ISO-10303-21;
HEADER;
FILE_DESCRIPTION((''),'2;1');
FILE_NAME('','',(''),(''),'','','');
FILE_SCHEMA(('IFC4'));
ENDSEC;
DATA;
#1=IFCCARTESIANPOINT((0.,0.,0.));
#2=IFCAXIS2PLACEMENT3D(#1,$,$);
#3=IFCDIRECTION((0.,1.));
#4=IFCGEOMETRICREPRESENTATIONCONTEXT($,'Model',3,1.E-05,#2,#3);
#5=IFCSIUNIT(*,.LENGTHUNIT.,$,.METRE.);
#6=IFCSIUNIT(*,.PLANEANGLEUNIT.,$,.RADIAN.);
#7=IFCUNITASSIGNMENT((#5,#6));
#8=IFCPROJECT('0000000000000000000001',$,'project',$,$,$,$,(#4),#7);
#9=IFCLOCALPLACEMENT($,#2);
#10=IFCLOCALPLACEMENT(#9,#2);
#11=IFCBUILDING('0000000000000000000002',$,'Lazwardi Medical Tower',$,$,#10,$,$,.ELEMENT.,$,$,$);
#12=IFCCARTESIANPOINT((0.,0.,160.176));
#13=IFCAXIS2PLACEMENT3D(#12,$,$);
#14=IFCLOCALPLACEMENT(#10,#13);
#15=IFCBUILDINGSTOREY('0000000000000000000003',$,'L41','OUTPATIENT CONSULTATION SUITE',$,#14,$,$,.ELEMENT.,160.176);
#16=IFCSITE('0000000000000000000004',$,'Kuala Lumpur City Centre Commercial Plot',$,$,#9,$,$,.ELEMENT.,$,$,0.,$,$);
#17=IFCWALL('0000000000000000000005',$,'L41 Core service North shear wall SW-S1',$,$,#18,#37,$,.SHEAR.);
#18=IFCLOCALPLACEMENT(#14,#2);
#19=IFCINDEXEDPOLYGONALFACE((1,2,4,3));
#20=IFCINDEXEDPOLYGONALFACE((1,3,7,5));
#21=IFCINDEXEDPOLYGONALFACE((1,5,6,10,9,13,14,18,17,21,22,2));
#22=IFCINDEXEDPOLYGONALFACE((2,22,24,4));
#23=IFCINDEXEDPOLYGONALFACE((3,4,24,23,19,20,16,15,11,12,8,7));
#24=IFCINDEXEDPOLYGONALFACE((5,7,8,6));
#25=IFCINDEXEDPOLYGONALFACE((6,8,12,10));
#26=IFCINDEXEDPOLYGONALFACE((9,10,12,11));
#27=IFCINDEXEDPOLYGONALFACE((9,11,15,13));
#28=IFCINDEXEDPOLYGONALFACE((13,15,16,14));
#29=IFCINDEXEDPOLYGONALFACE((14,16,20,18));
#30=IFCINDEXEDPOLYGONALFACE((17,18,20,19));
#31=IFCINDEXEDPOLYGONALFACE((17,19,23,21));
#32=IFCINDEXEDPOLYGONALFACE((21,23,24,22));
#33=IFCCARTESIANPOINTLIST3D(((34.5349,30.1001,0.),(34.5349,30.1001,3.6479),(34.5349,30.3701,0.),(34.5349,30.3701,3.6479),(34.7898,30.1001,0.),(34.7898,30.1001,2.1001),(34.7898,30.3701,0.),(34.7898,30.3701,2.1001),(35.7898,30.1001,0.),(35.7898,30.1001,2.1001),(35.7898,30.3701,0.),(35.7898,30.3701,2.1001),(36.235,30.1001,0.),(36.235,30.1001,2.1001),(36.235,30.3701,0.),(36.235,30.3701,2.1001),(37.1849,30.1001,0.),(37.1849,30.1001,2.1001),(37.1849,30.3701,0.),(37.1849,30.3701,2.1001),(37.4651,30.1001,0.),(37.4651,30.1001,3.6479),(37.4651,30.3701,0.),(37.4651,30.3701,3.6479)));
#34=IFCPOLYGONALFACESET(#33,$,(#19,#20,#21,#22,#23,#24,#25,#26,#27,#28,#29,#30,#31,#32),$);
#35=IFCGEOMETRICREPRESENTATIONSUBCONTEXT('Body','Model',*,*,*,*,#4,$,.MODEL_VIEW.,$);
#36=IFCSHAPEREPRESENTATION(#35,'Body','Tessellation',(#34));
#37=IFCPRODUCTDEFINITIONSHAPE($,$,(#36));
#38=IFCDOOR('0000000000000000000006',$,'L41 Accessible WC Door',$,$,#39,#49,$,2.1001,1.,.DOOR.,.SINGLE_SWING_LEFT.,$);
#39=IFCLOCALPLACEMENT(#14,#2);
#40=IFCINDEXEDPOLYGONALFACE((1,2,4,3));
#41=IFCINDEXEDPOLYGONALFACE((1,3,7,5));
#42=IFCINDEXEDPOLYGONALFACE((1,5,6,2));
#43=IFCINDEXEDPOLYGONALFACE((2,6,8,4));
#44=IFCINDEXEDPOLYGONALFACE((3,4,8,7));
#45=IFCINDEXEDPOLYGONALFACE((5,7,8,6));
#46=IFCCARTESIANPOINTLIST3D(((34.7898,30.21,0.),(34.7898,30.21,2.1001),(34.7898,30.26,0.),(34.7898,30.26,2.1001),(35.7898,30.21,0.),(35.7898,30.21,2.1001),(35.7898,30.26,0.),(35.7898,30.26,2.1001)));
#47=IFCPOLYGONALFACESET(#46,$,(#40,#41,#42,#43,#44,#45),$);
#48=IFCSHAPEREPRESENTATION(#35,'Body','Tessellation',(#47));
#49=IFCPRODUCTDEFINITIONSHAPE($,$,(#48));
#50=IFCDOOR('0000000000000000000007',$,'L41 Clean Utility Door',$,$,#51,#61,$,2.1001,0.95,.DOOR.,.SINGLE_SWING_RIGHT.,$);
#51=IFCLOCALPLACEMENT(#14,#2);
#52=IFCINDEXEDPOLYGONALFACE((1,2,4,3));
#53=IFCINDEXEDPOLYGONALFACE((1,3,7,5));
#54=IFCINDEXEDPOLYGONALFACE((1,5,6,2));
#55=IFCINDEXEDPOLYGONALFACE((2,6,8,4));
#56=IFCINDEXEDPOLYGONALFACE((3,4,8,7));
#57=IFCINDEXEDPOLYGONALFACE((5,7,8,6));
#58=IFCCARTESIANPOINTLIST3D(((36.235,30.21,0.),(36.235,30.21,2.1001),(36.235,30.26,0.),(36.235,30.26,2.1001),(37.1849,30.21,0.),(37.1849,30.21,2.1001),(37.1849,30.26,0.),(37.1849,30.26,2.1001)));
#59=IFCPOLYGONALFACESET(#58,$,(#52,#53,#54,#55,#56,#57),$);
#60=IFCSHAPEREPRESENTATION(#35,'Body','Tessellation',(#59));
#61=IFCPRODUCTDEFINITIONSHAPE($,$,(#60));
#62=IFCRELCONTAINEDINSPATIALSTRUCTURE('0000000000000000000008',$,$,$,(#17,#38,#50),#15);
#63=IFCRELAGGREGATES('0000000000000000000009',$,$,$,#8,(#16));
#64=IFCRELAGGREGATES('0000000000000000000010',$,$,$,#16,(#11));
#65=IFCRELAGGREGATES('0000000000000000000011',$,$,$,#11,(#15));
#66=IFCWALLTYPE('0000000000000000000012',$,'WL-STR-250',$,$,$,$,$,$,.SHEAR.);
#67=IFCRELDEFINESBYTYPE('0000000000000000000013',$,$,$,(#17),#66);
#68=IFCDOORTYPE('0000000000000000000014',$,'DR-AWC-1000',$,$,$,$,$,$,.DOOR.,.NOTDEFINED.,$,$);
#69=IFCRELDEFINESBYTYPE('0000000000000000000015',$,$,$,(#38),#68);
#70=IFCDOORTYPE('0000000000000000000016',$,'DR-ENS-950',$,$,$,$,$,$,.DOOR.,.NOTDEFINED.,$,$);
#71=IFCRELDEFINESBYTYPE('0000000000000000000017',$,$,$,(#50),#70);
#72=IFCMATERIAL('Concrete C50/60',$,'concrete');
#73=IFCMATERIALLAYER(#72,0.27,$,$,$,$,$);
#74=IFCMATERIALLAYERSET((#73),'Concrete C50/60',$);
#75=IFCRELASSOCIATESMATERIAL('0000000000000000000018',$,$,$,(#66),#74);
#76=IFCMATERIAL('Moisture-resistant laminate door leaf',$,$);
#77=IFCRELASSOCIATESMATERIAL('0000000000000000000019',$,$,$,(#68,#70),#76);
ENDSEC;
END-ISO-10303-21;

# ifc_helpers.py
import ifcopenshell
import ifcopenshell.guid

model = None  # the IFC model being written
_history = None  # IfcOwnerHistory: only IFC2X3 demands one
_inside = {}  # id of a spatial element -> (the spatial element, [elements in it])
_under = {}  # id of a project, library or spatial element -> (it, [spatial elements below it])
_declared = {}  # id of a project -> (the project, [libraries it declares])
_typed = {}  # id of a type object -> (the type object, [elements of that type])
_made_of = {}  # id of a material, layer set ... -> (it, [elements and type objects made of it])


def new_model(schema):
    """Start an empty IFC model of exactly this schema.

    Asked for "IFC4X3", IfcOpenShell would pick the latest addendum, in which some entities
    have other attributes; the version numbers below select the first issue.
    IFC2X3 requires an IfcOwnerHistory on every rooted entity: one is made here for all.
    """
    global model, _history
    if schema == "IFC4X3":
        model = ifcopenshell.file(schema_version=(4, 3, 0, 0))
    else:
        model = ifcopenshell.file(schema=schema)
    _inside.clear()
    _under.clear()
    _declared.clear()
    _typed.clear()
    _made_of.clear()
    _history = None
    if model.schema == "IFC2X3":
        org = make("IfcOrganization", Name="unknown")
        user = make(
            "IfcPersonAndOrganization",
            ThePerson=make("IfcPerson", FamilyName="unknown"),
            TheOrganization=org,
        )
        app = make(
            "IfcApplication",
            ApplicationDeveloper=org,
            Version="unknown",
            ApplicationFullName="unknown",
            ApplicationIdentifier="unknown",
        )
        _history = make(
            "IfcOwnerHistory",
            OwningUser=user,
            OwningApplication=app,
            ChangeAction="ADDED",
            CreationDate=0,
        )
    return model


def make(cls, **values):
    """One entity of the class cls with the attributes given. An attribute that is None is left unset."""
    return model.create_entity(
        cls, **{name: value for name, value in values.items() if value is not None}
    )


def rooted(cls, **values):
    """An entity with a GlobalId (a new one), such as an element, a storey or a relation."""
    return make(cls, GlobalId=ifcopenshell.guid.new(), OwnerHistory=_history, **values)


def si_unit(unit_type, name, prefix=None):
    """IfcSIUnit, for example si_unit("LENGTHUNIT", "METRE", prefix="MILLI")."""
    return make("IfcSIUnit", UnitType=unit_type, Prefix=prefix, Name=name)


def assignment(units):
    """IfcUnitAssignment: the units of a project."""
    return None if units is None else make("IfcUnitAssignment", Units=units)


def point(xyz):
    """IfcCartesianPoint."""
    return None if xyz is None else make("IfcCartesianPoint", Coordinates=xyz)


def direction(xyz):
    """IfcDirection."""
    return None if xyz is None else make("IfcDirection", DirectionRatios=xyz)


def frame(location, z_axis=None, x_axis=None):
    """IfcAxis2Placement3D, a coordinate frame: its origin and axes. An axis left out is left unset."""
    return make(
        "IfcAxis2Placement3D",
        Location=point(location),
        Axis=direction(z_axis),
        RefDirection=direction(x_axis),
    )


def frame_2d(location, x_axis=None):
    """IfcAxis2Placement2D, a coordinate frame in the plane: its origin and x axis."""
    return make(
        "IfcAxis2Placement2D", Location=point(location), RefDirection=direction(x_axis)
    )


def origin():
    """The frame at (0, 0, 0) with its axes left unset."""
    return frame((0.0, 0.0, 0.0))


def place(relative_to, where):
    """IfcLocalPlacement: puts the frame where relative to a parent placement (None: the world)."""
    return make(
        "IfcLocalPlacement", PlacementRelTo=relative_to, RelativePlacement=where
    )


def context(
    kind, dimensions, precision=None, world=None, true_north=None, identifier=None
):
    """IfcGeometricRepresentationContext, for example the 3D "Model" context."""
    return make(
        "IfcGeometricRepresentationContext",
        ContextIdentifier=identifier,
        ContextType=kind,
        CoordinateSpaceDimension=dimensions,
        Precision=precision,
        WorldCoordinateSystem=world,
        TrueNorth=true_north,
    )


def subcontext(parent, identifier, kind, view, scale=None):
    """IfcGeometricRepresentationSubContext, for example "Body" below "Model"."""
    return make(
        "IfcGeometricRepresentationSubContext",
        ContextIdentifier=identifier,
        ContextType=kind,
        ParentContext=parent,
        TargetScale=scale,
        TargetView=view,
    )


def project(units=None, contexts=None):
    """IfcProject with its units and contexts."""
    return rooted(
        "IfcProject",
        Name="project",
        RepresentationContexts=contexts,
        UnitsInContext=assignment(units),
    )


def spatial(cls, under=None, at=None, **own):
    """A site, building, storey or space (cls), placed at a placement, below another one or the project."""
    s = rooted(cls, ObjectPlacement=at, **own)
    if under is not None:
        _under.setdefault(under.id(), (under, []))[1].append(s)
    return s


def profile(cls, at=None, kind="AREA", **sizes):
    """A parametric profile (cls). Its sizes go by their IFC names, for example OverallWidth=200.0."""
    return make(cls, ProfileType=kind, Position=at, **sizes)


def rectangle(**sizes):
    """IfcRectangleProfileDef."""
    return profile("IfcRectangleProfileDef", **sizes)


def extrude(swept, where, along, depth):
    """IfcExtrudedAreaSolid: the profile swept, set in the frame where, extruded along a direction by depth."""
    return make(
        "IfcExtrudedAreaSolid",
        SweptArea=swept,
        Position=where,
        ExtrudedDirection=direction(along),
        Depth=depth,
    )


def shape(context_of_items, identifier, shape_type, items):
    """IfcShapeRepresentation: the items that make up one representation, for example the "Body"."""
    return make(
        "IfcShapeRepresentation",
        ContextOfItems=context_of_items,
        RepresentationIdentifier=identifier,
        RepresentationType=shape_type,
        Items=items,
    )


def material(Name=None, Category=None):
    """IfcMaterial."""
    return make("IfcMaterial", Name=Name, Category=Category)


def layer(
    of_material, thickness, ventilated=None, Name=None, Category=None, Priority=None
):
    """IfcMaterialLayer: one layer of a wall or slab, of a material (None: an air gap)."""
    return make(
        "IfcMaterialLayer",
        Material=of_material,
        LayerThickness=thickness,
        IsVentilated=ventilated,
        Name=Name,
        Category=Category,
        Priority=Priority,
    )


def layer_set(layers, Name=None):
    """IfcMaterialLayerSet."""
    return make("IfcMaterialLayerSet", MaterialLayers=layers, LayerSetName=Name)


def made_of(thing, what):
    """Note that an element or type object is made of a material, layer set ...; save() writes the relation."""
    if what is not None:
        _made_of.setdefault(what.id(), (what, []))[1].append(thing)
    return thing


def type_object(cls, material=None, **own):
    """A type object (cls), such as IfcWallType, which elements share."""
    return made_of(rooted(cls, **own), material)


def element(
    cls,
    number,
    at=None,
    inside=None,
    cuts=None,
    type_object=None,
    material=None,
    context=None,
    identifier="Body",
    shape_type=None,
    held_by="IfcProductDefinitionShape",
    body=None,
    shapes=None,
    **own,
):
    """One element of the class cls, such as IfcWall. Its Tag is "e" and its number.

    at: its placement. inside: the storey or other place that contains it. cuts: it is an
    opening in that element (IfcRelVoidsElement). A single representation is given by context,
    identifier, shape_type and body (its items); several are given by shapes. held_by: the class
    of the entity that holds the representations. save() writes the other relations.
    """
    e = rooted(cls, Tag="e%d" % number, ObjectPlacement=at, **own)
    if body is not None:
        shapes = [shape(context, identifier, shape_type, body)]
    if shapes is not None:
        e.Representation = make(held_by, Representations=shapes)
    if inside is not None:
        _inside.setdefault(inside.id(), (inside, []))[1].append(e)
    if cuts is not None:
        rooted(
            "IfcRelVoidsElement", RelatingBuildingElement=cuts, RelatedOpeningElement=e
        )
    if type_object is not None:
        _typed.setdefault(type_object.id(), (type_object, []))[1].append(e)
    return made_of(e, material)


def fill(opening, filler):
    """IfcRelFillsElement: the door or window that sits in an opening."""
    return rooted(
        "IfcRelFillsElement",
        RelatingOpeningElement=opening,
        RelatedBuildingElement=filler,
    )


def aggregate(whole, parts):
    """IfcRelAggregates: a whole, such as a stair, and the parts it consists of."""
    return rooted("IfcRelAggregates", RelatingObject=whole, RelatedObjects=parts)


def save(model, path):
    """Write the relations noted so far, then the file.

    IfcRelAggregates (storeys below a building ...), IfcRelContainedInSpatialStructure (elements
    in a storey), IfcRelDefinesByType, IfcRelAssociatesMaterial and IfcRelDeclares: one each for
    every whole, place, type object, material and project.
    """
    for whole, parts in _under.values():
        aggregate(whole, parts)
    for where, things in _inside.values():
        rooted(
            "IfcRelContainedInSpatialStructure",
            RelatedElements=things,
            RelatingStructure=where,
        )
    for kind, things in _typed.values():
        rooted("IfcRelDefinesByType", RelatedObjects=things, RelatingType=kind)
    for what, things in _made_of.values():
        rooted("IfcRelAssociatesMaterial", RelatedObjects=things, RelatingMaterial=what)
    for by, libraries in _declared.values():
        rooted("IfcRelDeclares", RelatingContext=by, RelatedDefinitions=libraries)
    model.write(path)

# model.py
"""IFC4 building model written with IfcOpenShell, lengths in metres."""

from ifc_helpers import new_model, si_unit, direction, frame, frame_2d, origin, place, context, subcontext, project, spatial, rectangle, extrude, material, layer, layer_set, type_object, element, fill, save


model = new_model("IFC4")

# Units and contexts
model_context = context("Model", 3, precision=1e-05, world=origin(), true_north=direction((0.0, 1.0)))
body_context = subcontext(model_context, "Body", "Model", "MODEL_VIEW")
ifc_project = project(units=[si_unit("LENGTHUNIT", "METRE"), si_unit("PLANEANGLEUNIT", "RADIAN")], contexts=[model_context])

# Site, building, storey
site_placement = place(None, origin())
site = spatial("IfcSite", under=ifc_project, at=site_placement, Name="Kuala Lumpur City Centre Commercial Plot", CompositionType="ELEMENT", RefElevation=0.0)
building_placement = place(site_placement, origin())
building = spatial("IfcBuilding", under=site, at=building_placement, Name="Lazwardi Medical Tower", CompositionType="ELEMENT")
storey_placement = place(building_placement, frame((0.0, 0.0, 160.176)))
storey = spatial("IfcBuildingStorey", under=building, at=storey_placement, Name="L41", Description="OUTPATIENT CONSULTATION SUITE", CompositionType="ELEMENT", Elevation=160.176)

# Wall, openings, doors
ifc_material_1 = material(Name="Concrete C50/60", Category="concrete")
ifc_layer_1 = layer(ifc_material_1, 0.27)
ifc_layer_set_1 = layer_set([ifc_layer_1], Name="Concrete C50/60")
wall_type_1 = type_object("IfcWallType", Name="WL-STR-250", PredefinedType="SHEAR", material=ifc_layer_set_1)
wall_1_placement = place(storey_placement, frame((34.5349, 30.2351, 0.0), z_axis=(0.0, 0.0, 1.0), x_axis=(1.0, 0.0, 0.0)))
wall_1 = element("IfcWall", 1, at=wall_1_placement, inside=storey, type_object=wall_type_1, Name="L41 Core service North shear wall SW-S1", PredefinedType="SHEAR", context=body_context, shape_type="SweptSolid", body=[
    extrude(rectangle(XDim=2.9302, YDim=0.27, at=frame_2d((1.4651, 0.0))), origin(), (0.0, 0.0, 1.0), 3.6479),
])
opening_1_placement = place(wall_1_placement, frame((0.2549, 0.0, 0.0)))
opening_1 = element("IfcOpeningElement", 2, at=opening_1_placement, cuts=wall_1, PredefinedType="OPENING", context=body_context, shape_type="SweptSolid", body=[
    extrude(rectangle(XDim=1.0, YDim=2.1001, at=frame_2d((0.5, 1.05))), frame((0.0, 0.145, 0.0), z_axis=(0.0, -1.0, 0.0), x_axis=(1.0, 0.0, 0.0)), (0.0, 0.0, 1.0), 0.29),
])
opening_2_placement = place(wall_1_placement, frame((1.7, 0.0, 0.0)))
opening_2 = element("IfcOpeningElement", 3, at=opening_2_placement, cuts=wall_1, PredefinedType="OPENING", context=body_context, shape_type="SweptSolid", body=[
    extrude(rectangle(XDim=0.95, YDim=2.1001, at=frame_2d((0.4751, 1.05))), frame((0.0, 0.145, 0.0), z_axis=(0.0, -1.0, 0.0), x_axis=(1.0, 0.0, 0.0)), (0.0, 0.0, 1.0), 0.29),
])
ifc_material_2 = material(Name="Moisture-resistant laminate door leaf")
door_type_1 = type_object("IfcDoorType", Name="DR-AWC-1000", OperationType="NOTDEFINED", PredefinedType="DOOR", material=ifc_material_2)
door_1_placement = place(opening_1_placement, origin())
door_1 = element("IfcDoor", 4, at=door_1_placement, inside=storey, type_object=door_type_1, Name="L41 Accessible WC Door", OperationType="SINGLE_SWING_LEFT", OverallHeight=2.1001, OverallWidth=1.0, PredefinedType="DOOR", context=body_context, shape_type="SweptSolid", body=[
    extrude(rectangle(XDim=1.0, YDim=2.1001, at=frame_2d((0.5, 1.05))), frame((0.0, 0.0249, 0.0), z_axis=(0.0, -1.0, 0.0), x_axis=(1.0, 0.0, 0.0)), (0.0, 0.0, 1.0), 0.05),
])
fill(opening_1, door_1)
door_type_2 = type_object("IfcDoorType", Name="DR-ENS-950", OperationType="NOTDEFINED", PredefinedType="DOOR", material=ifc_material_2)
door_2_placement = place(opening_2_placement, origin())
door_2 = element("IfcDoor", 5, at=door_2_placement, inside=storey, type_object=door_type_2, Name="L41 Clean Utility Door", OperationType="SINGLE_SWING_RIGHT", OverallHeight=2.1001, OverallWidth=0.95, PredefinedType="DOOR", context=body_context, shape_type="SweptSolid", body=[
    extrude(rectangle(XDim=0.95, YDim=2.1001, at=frame_2d((0.4751, 1.05))), frame((0.0, 0.0249, 0.0), z_axis=(0.0, -1.0, 0.0), x_axis=(1.0, 0.0, 0.0)), (0.0, 0.0, 1.0), 0.05),
])
fill(opening_2, door_2)

save(model, "model.ifc")
